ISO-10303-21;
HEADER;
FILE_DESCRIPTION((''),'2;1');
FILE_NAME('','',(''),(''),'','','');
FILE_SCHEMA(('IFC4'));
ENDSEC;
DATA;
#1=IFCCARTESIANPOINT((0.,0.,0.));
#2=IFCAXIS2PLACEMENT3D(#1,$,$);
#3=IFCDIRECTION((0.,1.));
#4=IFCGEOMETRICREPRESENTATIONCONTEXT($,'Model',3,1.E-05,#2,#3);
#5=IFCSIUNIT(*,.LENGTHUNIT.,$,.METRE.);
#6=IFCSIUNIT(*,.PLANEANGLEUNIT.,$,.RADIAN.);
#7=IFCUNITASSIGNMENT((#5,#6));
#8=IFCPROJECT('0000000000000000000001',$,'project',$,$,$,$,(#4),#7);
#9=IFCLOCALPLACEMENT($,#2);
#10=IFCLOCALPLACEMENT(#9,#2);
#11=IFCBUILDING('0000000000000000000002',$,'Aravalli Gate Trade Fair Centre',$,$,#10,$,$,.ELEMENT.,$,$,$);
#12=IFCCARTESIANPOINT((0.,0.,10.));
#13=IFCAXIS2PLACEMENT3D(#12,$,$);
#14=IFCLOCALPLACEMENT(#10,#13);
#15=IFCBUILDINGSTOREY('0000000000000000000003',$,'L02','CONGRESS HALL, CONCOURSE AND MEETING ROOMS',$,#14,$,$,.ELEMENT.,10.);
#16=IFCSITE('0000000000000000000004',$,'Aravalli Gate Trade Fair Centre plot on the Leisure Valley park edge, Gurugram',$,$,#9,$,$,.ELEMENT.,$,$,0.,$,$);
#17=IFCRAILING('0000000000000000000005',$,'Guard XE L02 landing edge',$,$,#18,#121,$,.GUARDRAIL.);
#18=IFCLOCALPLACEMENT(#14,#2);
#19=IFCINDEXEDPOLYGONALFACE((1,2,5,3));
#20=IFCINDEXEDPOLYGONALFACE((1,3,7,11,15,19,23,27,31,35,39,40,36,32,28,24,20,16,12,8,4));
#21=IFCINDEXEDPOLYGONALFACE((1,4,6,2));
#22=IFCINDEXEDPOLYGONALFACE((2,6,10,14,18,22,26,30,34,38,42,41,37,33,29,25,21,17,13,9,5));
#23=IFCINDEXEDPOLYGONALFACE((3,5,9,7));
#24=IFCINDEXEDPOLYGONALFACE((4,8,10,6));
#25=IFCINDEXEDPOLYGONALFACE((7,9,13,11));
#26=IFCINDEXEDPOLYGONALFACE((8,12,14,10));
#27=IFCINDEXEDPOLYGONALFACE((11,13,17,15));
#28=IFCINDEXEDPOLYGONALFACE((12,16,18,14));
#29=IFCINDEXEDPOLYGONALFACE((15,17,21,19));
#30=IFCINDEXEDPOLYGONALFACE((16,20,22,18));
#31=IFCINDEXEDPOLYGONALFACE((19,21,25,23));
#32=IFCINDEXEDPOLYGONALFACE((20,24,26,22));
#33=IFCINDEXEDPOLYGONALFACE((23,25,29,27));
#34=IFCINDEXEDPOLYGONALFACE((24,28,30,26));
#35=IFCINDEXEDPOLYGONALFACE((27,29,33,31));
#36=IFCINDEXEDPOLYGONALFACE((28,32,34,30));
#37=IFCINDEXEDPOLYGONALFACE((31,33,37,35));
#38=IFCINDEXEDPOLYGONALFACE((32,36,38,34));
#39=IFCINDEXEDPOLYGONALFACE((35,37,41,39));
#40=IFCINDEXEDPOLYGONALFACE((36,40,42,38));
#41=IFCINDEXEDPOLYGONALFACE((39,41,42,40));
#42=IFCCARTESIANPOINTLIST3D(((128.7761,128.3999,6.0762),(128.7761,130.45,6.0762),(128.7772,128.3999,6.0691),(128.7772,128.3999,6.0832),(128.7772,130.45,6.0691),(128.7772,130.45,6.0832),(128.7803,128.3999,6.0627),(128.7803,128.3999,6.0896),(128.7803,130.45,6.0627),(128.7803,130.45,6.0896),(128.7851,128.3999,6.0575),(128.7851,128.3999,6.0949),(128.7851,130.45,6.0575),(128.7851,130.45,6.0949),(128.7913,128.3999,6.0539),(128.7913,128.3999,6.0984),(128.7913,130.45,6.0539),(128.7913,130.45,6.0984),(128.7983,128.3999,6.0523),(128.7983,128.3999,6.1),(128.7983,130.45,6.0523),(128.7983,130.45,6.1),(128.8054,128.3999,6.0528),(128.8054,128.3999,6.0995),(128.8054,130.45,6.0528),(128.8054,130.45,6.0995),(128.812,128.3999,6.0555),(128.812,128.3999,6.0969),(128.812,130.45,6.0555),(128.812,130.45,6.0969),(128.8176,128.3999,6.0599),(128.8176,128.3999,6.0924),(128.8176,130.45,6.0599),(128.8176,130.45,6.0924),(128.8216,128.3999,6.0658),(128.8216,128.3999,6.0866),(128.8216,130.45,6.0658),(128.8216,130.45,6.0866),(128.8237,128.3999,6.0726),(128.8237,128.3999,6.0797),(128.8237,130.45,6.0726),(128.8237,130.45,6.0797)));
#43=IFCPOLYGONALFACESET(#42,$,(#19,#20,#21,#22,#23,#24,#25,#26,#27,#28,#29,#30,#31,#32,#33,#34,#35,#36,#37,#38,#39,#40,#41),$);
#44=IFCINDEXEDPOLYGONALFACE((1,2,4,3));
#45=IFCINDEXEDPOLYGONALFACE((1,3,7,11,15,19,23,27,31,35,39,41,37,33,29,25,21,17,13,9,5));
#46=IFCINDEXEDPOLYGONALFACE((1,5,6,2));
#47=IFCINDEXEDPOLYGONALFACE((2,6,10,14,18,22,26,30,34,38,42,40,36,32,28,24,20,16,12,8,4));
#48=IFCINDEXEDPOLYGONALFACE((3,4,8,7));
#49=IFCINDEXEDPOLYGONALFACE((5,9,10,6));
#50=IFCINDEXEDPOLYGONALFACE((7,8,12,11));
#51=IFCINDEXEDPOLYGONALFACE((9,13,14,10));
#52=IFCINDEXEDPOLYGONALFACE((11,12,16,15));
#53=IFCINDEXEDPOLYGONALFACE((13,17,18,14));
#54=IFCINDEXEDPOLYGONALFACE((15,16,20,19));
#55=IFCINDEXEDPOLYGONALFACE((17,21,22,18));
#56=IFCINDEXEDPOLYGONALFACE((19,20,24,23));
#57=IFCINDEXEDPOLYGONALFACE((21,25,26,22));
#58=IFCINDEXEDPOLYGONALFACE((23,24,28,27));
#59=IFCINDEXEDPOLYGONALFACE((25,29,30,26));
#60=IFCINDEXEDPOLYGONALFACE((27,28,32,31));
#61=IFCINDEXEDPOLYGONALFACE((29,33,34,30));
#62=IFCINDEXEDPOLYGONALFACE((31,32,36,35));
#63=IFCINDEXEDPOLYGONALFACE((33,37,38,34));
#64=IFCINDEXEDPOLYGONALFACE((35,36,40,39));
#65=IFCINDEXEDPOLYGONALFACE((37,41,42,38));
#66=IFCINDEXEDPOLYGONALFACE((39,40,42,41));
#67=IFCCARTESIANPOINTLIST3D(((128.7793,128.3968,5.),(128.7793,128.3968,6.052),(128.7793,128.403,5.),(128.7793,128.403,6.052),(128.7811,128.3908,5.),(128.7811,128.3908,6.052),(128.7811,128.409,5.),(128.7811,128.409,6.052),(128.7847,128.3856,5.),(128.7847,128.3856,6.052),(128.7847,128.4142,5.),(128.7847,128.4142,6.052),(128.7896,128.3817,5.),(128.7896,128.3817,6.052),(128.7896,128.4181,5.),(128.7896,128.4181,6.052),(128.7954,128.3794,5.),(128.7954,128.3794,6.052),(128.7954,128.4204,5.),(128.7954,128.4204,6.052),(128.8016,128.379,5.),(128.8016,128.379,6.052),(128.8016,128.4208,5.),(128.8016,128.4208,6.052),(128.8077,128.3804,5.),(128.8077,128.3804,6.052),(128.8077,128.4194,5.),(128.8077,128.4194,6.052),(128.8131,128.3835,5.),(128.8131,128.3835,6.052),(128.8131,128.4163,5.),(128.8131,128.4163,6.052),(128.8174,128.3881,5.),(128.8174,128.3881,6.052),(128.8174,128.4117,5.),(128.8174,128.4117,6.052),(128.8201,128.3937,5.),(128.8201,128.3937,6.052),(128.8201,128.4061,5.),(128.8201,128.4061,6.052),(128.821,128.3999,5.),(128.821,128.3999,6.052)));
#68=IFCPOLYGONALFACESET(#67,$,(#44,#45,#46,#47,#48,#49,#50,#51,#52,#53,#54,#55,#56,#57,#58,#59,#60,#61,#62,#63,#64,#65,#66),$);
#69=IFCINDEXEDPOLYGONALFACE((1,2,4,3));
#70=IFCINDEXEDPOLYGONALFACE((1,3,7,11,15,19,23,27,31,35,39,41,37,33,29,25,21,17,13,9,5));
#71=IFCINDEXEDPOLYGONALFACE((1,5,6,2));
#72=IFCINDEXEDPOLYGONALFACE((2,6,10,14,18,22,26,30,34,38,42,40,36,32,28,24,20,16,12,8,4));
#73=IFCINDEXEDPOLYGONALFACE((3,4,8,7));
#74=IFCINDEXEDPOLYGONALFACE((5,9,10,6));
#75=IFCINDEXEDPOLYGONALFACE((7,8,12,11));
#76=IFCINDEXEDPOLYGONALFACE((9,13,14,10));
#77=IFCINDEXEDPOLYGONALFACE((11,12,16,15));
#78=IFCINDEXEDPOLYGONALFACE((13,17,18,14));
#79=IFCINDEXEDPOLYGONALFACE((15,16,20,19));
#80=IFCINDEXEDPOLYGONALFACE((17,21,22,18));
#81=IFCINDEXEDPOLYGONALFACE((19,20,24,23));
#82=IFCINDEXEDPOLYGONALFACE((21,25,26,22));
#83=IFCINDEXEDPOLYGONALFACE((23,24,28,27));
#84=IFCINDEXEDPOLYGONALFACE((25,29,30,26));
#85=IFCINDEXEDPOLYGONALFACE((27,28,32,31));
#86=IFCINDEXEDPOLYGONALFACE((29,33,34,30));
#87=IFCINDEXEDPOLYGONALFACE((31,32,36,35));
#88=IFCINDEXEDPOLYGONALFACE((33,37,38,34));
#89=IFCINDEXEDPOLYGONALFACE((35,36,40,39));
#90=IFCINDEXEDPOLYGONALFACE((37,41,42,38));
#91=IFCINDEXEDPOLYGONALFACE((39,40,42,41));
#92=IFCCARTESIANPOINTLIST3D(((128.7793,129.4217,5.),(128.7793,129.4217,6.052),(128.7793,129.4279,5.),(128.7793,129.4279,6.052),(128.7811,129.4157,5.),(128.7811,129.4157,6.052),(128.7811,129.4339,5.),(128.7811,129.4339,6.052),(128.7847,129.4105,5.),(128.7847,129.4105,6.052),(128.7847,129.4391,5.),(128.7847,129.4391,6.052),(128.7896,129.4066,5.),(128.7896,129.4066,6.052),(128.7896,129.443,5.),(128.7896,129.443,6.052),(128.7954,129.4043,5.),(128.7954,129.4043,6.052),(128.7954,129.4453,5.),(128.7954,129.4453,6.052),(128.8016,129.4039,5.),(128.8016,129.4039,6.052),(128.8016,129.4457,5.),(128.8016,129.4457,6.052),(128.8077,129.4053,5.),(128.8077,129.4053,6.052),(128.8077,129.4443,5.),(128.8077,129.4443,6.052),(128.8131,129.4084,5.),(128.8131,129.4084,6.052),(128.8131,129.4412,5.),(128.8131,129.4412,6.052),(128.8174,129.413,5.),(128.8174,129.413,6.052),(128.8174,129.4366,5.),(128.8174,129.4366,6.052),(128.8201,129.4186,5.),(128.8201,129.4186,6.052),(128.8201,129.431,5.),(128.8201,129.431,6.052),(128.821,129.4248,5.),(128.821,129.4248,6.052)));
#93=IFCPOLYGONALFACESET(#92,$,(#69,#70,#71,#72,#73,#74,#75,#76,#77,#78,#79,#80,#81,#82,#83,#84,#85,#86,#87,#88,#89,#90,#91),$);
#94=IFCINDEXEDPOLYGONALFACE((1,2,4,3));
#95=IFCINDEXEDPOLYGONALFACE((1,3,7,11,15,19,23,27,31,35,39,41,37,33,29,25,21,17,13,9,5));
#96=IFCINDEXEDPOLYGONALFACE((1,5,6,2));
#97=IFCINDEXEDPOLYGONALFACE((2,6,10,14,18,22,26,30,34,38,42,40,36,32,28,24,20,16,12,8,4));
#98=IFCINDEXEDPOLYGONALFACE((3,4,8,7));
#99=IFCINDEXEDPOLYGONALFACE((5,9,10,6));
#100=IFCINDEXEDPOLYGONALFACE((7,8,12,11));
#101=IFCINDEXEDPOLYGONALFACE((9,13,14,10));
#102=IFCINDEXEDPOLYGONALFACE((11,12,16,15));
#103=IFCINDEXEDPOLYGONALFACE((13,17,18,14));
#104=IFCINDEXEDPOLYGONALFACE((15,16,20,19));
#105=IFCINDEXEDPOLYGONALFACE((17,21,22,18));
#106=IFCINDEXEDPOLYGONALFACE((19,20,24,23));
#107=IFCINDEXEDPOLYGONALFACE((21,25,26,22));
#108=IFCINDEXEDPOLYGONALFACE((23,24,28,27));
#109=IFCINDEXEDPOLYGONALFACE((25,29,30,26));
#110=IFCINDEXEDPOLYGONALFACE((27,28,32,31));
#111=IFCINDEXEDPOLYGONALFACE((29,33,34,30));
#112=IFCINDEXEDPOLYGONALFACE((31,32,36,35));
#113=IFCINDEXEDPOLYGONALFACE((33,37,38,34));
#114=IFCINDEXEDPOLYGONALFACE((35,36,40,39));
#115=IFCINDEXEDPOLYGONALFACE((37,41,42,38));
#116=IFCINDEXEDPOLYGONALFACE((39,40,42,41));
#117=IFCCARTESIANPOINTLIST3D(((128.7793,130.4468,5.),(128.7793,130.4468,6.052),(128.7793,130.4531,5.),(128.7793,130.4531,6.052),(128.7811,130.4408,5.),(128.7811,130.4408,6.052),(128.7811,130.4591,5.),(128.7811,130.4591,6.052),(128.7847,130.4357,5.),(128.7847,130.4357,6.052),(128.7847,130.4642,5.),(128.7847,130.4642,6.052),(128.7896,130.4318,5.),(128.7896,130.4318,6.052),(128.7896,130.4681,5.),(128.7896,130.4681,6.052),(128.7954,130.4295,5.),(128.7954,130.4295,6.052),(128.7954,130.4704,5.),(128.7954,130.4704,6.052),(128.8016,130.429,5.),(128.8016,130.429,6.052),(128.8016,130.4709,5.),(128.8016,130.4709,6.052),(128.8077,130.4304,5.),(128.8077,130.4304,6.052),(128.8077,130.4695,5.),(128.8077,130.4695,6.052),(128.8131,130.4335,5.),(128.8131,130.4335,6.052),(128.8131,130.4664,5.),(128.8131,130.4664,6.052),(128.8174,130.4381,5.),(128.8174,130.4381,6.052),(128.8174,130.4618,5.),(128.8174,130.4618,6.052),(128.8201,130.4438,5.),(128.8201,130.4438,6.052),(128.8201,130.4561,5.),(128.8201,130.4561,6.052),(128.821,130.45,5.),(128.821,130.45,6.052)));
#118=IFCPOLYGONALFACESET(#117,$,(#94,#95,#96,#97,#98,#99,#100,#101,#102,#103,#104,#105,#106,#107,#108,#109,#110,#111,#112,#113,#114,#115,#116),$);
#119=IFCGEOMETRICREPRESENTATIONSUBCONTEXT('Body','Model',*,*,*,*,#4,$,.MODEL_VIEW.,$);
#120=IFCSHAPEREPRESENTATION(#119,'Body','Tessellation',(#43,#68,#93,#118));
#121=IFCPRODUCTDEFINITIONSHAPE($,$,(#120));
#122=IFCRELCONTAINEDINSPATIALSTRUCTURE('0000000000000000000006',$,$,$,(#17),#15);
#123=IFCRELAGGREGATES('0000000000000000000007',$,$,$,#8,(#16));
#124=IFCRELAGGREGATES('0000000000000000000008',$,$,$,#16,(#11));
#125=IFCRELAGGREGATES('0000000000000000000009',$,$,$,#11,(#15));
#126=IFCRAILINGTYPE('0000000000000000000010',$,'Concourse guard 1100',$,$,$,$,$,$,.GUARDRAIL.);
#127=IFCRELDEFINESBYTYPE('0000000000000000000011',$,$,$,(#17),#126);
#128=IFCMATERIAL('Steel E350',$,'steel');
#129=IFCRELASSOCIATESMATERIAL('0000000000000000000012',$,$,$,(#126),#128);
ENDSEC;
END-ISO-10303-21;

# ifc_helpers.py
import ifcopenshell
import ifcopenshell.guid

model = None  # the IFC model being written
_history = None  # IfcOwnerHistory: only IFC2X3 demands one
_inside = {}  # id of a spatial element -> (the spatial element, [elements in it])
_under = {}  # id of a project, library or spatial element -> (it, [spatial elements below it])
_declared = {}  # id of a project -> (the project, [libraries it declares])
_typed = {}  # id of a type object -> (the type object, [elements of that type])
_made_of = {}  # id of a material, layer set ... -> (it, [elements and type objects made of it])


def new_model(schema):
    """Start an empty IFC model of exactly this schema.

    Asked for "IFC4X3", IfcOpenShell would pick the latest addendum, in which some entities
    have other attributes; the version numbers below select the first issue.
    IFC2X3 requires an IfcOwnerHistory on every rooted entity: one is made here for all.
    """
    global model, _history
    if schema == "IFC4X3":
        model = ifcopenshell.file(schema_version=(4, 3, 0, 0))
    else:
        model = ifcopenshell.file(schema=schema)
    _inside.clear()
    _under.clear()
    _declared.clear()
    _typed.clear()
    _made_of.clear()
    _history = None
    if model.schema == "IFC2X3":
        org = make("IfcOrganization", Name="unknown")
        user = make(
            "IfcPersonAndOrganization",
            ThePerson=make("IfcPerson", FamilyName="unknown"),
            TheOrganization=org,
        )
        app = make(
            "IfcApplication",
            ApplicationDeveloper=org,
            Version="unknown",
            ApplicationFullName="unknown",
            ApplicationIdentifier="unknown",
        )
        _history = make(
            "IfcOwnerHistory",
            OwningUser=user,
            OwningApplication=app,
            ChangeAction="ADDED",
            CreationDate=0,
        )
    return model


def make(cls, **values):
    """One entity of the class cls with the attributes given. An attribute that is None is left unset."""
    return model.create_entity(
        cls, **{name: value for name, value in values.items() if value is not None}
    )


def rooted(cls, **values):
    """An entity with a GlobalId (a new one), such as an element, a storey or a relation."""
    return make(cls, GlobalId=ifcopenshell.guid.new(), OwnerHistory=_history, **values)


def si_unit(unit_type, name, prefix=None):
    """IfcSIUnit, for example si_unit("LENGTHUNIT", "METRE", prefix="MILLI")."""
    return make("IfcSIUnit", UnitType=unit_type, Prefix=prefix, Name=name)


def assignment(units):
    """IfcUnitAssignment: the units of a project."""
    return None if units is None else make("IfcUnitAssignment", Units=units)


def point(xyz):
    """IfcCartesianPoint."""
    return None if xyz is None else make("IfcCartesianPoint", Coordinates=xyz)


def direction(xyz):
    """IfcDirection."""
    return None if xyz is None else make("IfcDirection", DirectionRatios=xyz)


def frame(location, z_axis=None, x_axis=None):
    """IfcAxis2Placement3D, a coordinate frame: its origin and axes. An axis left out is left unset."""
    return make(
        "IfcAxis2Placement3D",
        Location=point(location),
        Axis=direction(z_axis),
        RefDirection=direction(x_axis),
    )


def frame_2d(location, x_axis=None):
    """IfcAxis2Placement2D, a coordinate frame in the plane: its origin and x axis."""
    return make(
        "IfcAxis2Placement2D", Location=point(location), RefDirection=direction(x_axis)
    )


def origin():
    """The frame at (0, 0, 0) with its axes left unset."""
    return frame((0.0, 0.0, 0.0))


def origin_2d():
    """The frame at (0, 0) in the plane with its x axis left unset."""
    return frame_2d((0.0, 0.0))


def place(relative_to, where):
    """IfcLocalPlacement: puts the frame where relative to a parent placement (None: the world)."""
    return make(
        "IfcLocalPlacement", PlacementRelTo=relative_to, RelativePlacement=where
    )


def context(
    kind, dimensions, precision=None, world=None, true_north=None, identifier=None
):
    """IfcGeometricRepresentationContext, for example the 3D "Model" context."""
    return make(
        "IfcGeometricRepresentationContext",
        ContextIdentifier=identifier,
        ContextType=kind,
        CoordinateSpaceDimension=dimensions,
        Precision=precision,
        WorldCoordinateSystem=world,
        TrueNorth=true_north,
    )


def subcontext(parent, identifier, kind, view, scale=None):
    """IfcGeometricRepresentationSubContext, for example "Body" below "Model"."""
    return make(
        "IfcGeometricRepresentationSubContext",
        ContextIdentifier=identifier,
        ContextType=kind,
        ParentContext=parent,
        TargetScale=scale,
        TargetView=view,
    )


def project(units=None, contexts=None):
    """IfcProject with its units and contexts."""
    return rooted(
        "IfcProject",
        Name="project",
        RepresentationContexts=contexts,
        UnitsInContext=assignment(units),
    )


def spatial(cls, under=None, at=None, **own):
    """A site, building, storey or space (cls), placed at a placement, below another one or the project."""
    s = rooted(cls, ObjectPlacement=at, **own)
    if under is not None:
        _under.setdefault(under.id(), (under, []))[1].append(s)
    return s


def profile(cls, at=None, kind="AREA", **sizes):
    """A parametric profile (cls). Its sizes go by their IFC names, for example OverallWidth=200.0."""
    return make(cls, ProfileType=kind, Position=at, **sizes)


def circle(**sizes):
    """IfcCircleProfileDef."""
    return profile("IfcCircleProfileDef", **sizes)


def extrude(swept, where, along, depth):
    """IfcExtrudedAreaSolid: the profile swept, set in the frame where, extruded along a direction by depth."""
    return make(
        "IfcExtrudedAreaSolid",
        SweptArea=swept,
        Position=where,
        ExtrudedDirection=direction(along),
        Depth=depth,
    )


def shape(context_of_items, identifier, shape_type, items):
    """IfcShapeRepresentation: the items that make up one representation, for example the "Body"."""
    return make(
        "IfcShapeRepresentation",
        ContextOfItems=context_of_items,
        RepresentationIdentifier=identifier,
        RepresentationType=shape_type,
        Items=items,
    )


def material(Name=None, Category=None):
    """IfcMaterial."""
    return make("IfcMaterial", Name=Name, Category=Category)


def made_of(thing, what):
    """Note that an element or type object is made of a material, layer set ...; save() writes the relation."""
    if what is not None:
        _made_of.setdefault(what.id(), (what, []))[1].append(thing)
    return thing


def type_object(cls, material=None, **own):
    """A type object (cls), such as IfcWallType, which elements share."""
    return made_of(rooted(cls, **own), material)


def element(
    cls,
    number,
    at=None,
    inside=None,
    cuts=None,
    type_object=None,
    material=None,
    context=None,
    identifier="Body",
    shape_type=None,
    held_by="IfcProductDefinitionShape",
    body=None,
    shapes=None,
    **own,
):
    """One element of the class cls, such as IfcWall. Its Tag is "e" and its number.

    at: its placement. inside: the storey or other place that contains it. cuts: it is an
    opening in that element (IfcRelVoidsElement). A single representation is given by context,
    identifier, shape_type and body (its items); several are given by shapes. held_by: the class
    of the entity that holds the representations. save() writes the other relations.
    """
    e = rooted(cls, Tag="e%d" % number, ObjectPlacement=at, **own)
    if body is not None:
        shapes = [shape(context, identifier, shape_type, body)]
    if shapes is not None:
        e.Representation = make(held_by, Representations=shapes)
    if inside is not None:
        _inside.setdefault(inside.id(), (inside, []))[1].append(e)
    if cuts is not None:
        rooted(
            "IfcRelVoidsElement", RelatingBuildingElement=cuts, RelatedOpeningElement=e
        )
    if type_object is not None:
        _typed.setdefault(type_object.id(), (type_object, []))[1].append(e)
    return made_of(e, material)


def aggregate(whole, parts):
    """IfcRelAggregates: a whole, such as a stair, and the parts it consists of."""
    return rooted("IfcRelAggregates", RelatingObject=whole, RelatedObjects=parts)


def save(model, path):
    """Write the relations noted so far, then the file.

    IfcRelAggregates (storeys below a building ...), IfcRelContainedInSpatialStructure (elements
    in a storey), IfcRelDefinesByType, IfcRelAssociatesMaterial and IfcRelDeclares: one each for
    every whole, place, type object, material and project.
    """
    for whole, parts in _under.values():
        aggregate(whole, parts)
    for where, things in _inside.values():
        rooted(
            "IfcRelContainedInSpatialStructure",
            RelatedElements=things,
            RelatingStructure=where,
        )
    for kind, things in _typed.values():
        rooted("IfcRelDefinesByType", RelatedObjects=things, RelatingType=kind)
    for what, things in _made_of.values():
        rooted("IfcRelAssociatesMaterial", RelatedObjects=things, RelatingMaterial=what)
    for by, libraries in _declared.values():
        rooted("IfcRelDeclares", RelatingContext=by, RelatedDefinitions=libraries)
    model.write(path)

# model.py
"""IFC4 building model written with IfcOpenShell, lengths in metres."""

from ifc_helpers import new_model, si_unit, direction, frame, origin, origin_2d, place, context, subcontext, project, spatial, circle, extrude, material, type_object, element, save


model = new_model("IFC4")

# Units and contexts
model_context = context("Model", 3, precision=1e-05, world=origin(), true_north=direction((0.0, 1.0)))
body_context = subcontext(model_context, "Body", "Model", "MODEL_VIEW")
ifc_project = project(units=[si_unit("LENGTHUNIT", "METRE"), si_unit("PLANEANGLEUNIT", "RADIAN")], contexts=[model_context])

# Site, building, storey
site_placement = place(None, origin())
site = spatial("IfcSite", under=ifc_project, at=site_placement, Name="Aravalli Gate Trade Fair Centre plot on the Leisure Valley park edge, Gurugram", CompositionType="ELEMENT", RefElevation=0.0)
building_placement = place(site_placement, origin())
building = spatial("IfcBuilding", under=site, at=building_placement, Name="Aravalli Gate Trade Fair Centre", CompositionType="ELEMENT")
storey_placement = place(building_placement, frame((0.0, 0.0, 10.0)))
storey = spatial("IfcBuildingStorey", under=building, at=storey_placement, Name="L02", Description="CONGRESS HALL, CONCOURSE AND MEETING ROOMS", CompositionType="ELEMENT", Elevation=10.0)

# Shared definitions
ifc_material_1 = material(Name="Steel E350", Category="steel")

# Railing
railing_type_1 = type_object("IfcRailingType", Name="Concourse guard 1100", PredefinedType="GUARDRAIL", material=ifc_material_1)
railing_1_placement = place(storey_placement, frame((128.8, 128.3999, 5.0)))
element("IfcRailing", 1, at=railing_1_placement, inside=storey, type_object=railing_type_1, Name="Guard XE L02 landing edge", PredefinedType="GUARDRAIL", context=body_context, shape_type="SweptSolid", body=[
    extrude(circle(Radius=0.0239, at=origin_2d()), frame((0.0, 0.0, 1.0762), z_axis=(0.0, 1.0, 0.0), x_axis=(-1.0, 0.0, 0.0)), (0.0, 0.0, 1.0), 2.05),
    extrude(circle(Radius=0.021, at=origin_2d()), origin(), (0.0, 0.0, 1.0), 1.052),
    extrude(circle(Radius=0.021, at=origin_2d()), frame((0.0, 1.0249, 0.0)), (0.0, 0.0, 1.0), 1.052),
    extrude(circle(Radius=0.021, at=origin_2d()), frame((0.0, 2.05, 0.0)), (0.0, 0.0, 1.0), 1.052),
])

save(model, "model.ifc")
